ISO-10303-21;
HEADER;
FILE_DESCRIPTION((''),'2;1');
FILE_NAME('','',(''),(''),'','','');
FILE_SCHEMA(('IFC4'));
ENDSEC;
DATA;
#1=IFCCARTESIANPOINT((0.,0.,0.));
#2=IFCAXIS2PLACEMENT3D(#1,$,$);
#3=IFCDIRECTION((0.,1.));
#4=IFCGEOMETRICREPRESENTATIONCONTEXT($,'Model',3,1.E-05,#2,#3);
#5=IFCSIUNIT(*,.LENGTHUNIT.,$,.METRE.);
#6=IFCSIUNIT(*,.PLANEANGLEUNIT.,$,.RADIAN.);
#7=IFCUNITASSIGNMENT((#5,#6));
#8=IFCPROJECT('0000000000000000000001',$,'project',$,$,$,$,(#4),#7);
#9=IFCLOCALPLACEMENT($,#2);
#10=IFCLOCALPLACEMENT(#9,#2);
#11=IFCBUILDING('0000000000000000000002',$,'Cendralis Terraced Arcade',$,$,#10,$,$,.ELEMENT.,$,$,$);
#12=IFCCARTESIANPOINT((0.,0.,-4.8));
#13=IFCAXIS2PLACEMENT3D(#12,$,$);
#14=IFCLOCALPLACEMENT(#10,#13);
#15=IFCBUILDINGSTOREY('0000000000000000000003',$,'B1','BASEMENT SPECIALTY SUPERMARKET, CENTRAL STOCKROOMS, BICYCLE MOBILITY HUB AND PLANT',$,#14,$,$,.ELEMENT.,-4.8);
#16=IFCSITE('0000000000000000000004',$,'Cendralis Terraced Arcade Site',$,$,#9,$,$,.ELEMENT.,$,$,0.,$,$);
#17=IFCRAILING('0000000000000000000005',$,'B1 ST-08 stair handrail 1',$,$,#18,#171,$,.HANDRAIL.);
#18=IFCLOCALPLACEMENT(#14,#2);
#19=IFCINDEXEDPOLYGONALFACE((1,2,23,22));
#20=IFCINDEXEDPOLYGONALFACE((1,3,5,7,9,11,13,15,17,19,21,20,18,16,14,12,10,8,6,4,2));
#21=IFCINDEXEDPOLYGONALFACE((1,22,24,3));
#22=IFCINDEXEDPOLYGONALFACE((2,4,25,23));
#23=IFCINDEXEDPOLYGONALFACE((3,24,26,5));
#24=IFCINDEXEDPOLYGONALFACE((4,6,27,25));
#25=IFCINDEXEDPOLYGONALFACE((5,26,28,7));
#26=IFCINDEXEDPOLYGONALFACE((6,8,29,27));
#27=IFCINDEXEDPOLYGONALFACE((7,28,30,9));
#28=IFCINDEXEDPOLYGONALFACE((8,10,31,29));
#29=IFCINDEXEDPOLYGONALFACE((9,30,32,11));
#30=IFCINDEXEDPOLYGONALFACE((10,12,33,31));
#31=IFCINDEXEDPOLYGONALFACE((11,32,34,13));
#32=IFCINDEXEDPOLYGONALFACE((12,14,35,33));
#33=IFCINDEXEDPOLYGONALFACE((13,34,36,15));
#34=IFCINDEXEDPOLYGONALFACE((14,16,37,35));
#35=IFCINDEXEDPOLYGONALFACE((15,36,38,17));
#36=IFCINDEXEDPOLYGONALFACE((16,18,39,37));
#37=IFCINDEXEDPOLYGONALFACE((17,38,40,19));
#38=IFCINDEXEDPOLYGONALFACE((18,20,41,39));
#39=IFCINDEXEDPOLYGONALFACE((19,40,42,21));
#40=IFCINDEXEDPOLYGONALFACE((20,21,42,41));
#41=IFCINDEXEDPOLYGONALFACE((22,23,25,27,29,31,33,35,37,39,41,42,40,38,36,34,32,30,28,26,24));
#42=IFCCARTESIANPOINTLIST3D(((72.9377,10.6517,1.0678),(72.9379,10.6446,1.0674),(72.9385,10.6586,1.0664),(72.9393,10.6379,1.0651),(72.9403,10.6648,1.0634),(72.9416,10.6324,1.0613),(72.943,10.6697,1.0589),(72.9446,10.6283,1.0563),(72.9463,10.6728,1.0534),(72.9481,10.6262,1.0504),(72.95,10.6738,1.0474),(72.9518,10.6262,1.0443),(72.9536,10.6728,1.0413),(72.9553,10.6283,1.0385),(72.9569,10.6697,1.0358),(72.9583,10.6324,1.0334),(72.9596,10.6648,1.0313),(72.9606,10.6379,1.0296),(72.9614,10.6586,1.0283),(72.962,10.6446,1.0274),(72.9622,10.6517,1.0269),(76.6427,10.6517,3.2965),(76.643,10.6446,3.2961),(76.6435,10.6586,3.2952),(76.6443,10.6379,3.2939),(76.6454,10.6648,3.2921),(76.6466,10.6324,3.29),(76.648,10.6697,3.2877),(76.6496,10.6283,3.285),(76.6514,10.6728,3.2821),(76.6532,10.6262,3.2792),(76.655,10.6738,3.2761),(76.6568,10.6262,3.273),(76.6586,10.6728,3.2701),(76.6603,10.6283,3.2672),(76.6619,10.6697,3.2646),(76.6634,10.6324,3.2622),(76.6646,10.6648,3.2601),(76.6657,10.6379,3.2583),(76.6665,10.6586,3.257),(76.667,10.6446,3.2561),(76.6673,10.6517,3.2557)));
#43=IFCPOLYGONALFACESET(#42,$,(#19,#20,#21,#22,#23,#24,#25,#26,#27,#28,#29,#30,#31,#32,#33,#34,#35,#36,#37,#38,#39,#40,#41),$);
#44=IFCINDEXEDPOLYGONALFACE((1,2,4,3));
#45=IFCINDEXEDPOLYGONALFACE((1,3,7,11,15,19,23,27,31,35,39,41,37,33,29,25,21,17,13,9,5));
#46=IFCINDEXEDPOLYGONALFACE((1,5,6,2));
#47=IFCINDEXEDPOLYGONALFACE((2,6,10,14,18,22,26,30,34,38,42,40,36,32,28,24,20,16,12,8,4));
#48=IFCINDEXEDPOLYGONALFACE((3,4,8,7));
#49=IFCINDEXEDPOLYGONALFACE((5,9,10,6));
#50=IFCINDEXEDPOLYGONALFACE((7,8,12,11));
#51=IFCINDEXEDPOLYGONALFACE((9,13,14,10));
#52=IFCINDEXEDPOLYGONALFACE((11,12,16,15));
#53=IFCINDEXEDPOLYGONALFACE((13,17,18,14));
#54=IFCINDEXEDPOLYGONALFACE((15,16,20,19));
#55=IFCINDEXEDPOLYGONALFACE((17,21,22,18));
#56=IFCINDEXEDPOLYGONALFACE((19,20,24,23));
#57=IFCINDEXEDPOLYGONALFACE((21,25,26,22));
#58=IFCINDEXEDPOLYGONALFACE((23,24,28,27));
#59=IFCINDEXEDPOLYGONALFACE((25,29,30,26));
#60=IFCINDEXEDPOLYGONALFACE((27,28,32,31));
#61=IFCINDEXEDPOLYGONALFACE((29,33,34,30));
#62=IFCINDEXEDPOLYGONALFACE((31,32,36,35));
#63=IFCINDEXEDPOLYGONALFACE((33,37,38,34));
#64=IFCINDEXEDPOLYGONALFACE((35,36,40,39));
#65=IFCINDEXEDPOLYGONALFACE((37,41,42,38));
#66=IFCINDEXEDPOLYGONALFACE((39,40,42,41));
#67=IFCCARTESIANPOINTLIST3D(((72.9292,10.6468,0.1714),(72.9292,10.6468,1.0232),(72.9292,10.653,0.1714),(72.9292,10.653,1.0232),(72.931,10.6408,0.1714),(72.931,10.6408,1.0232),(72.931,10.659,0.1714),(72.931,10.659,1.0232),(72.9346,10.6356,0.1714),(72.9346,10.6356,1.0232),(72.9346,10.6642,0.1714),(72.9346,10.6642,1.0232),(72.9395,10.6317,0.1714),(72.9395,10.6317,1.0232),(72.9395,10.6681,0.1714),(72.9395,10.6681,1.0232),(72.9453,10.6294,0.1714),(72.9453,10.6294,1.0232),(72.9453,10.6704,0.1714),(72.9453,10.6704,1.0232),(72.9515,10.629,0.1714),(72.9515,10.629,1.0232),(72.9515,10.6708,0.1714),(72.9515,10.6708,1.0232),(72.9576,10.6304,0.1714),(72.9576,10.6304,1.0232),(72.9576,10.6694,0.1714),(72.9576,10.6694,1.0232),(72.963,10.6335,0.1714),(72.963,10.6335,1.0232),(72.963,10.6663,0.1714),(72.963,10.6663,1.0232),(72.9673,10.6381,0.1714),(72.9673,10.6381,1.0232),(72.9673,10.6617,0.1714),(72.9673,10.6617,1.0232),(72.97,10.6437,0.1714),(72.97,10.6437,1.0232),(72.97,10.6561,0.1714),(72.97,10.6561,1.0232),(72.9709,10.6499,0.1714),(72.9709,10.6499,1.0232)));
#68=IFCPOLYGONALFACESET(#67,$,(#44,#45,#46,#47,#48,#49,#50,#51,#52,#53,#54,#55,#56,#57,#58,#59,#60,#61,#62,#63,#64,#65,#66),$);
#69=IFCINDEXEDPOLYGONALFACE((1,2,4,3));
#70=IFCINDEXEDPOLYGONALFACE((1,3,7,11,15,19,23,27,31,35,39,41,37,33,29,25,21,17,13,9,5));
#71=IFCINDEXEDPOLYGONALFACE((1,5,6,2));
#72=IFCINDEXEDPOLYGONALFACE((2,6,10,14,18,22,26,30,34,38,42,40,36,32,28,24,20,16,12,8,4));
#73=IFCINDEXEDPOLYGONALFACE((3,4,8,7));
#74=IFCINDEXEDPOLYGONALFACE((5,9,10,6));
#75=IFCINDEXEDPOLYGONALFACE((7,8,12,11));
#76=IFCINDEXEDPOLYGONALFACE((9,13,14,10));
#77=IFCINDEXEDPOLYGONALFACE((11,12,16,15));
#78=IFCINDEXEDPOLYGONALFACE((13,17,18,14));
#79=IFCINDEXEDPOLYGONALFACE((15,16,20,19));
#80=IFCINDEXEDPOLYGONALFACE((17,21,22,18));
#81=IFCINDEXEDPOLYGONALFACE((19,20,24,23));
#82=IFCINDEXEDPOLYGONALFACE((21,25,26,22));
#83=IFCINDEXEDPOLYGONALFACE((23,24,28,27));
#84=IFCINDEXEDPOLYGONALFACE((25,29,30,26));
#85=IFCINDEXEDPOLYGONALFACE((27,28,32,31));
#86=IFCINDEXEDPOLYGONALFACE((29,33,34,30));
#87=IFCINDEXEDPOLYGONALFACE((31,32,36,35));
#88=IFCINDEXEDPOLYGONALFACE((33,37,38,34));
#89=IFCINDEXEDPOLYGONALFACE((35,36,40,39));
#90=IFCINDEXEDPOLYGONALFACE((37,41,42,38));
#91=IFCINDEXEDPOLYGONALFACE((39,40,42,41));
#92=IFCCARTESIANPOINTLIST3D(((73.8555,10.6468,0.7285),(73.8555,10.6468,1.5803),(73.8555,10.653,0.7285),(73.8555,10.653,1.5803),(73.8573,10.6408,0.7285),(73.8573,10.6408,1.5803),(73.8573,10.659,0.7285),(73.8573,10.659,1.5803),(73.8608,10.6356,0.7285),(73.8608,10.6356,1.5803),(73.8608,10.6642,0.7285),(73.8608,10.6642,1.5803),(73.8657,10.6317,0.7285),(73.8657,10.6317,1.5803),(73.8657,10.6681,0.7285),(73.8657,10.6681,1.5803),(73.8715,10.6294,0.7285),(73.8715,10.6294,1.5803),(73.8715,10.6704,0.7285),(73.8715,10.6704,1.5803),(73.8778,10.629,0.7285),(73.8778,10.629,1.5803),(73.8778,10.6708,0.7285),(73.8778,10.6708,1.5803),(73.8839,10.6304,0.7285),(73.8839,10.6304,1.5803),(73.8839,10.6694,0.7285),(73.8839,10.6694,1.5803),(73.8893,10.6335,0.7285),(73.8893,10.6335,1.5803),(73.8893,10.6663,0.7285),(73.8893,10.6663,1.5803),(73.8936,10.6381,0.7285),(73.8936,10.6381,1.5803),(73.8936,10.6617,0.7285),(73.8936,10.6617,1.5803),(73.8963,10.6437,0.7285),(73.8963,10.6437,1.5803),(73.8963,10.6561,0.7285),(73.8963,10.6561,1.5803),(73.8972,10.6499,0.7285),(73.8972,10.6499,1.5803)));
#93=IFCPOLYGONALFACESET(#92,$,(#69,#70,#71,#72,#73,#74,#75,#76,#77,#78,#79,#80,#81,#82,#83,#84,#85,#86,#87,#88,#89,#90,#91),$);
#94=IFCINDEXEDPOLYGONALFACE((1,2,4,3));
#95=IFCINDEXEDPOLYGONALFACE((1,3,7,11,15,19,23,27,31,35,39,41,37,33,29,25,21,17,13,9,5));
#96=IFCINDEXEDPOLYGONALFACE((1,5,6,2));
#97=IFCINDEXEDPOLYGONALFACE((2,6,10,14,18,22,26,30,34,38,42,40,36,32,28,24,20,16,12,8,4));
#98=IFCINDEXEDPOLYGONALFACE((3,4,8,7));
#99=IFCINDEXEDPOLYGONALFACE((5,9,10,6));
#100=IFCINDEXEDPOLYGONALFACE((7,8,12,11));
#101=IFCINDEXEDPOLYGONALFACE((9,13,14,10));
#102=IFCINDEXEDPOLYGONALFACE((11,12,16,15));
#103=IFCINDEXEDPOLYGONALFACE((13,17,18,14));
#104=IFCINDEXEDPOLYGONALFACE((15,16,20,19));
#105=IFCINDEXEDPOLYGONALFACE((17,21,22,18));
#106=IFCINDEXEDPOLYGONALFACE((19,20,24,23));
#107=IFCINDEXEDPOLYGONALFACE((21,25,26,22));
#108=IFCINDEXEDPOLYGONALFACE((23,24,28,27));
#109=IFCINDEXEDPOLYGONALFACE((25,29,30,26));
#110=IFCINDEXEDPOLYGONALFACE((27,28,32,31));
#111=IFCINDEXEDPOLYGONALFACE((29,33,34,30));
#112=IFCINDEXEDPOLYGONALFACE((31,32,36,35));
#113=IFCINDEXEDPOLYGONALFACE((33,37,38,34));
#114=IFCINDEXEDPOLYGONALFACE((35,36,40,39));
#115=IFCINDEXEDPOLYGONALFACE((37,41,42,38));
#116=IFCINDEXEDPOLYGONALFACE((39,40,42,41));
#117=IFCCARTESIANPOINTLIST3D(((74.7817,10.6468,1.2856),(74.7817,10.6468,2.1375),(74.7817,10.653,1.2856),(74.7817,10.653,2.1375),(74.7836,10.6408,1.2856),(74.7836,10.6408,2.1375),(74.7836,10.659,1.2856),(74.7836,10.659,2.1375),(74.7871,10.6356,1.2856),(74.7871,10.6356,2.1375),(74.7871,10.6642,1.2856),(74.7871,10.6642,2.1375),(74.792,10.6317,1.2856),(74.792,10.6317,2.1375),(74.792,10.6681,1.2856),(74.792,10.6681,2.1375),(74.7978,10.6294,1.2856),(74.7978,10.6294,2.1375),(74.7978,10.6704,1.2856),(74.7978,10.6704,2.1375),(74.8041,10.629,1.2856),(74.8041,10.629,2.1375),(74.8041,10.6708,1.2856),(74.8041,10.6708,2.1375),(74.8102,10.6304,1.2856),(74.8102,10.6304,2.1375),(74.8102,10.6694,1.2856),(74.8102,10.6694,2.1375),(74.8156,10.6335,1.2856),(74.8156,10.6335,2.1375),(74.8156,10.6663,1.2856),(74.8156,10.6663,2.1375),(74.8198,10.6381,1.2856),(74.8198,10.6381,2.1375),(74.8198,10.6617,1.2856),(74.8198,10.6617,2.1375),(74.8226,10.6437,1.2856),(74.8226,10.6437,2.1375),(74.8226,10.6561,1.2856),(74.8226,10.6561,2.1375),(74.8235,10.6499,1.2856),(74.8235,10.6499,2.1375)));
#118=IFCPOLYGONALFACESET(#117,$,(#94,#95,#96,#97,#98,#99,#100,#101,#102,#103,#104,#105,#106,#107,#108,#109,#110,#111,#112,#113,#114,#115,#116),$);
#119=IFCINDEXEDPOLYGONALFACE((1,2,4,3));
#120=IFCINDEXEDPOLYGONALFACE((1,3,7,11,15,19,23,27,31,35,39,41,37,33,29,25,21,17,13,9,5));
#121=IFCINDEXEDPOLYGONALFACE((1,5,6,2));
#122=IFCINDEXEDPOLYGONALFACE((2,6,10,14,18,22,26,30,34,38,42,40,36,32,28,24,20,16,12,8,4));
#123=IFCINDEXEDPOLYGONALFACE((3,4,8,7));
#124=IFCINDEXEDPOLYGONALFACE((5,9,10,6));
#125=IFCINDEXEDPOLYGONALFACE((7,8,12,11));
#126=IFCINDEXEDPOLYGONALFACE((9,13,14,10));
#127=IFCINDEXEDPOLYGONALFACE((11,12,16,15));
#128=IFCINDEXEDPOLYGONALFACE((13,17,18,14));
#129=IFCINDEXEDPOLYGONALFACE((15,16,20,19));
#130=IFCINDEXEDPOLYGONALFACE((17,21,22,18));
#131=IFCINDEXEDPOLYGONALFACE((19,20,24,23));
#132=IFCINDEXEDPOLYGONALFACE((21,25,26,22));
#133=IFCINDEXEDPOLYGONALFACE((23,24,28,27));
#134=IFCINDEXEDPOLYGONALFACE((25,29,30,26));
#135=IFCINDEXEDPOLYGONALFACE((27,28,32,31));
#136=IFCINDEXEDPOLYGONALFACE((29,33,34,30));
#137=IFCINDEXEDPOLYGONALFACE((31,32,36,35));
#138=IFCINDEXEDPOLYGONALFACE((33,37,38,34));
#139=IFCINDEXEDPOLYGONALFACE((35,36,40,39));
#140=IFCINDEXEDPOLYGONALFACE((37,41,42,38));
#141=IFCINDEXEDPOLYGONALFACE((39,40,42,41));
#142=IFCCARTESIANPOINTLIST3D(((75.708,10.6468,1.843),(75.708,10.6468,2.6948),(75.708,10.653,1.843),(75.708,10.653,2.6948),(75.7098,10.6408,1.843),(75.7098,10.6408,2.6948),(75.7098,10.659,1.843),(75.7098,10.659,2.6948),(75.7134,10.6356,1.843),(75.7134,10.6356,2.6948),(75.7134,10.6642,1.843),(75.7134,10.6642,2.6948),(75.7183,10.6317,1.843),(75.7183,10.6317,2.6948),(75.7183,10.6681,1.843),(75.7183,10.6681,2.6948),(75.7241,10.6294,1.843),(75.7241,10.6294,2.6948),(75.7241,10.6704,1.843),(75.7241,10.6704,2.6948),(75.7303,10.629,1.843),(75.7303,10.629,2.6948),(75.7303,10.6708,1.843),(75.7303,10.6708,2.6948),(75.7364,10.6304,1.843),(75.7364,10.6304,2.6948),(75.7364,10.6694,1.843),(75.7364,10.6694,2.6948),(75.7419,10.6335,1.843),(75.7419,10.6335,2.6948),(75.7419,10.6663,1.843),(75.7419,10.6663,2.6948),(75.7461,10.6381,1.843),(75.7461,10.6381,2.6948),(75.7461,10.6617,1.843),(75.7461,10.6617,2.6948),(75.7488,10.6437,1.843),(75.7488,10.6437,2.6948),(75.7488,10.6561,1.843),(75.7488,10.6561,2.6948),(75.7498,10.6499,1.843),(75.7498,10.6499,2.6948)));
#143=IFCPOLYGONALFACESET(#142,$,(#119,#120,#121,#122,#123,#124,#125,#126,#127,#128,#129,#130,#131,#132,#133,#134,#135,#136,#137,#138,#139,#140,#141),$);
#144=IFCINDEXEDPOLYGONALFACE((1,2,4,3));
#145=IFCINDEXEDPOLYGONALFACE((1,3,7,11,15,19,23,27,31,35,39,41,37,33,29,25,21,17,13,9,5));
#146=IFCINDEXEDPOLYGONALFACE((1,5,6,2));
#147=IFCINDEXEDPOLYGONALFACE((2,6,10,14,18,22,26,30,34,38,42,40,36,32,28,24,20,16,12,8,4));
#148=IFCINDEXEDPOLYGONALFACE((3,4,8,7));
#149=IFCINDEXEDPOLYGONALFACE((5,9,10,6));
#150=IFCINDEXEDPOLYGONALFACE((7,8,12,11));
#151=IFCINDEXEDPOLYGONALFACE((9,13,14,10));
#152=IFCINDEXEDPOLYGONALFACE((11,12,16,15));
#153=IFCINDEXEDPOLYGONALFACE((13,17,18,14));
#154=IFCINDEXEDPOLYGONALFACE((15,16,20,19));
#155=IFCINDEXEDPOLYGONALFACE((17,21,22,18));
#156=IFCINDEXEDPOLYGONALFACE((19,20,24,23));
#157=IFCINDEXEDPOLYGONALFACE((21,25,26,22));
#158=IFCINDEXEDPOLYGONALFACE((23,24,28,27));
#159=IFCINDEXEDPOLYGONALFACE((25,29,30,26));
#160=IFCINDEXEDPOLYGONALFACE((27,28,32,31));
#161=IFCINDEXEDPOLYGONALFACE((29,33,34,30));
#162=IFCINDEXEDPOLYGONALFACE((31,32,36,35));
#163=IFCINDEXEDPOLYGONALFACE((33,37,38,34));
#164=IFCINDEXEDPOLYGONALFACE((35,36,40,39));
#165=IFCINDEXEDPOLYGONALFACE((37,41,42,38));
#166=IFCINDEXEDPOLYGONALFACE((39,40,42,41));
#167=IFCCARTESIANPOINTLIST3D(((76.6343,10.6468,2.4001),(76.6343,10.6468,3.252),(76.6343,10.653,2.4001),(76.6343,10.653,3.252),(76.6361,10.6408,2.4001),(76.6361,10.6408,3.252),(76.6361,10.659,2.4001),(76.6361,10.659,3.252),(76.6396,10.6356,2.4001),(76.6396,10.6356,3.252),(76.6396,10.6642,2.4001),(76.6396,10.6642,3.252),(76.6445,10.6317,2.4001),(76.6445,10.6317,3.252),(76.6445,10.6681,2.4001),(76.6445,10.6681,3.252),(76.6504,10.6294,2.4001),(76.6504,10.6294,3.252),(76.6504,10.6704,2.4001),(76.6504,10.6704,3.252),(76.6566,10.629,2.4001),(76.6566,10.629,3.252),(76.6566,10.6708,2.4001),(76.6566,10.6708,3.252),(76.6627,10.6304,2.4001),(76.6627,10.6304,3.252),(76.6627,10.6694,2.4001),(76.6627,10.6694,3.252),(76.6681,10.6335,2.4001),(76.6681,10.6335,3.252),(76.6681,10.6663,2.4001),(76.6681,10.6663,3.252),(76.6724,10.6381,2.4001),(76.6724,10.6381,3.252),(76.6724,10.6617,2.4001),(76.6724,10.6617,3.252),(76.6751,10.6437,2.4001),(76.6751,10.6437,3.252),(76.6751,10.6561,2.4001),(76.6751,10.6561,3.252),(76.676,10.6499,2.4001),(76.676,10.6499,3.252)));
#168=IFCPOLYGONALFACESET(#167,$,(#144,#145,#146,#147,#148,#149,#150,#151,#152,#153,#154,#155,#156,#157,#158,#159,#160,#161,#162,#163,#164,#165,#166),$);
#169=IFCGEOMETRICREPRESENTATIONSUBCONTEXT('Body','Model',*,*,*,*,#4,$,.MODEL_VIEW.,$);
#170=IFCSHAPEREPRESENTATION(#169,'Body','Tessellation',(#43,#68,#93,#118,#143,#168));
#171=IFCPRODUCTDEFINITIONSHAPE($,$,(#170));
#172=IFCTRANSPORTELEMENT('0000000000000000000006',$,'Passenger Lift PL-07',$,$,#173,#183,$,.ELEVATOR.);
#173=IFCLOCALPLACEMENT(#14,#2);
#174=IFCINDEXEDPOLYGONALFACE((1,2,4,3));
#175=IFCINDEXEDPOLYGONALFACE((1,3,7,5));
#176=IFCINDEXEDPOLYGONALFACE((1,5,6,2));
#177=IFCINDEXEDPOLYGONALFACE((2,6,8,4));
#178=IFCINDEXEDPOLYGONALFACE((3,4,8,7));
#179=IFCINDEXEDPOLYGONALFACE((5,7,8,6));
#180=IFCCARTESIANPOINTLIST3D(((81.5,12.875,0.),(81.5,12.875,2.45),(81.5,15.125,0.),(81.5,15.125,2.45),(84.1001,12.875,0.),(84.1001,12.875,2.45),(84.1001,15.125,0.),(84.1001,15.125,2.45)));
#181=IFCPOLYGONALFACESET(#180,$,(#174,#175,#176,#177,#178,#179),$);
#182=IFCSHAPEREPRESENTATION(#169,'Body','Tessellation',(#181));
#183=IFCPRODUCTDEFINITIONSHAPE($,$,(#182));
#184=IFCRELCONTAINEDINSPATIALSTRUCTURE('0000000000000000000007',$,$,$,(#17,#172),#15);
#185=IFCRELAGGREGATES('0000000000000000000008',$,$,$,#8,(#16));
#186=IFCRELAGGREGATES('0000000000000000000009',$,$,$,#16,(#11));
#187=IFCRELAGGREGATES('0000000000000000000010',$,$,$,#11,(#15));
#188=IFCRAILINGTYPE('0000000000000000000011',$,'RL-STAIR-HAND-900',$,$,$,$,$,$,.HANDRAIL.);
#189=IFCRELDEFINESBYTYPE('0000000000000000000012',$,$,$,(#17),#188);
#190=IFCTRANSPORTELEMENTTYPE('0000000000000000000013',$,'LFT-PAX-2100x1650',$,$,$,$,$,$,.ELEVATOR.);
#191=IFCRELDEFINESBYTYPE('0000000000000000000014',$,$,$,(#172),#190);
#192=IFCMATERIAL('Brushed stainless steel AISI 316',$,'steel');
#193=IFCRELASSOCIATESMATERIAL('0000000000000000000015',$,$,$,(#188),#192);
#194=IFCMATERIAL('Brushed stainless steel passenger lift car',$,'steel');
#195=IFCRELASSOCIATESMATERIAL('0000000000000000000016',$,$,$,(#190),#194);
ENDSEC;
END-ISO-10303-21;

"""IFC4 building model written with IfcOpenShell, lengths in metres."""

from ifc_helpers import new_model, si_unit, direction, frame, origin, origin_2d, place, context, subcontext, project, spatial, rectangle, circle, extrude, material, type_object, element, save


model = new_model("IFC4")

# Units and contexts
model_context = context("Model", 3, precision=1e-05, world=origin(), true_north=direction((0.0, 1.0)))
body_context = subcontext(model_context, "Body", "Model", "MODEL_VIEW")
ifc_project = project(units=[si_unit("LENGTHUNIT", "METRE"), si_unit("PLANEANGLEUNIT", "RADIAN")], contexts=[model_context])

# Site, building, storey
site_placement = place(None, origin())
site = spatial("IfcSite", under=ifc_project, at=site_placement, Name="Cendralis Terraced Arcade Site", CompositionType="ELEMENT", RefElevation=0.0)
building_placement = place(site_placement, origin())
building = spatial("IfcBuilding", under=site, at=building_placement, Name="Cendralis Terraced Arcade", CompositionType="ELEMENT")
storey_placement = place(building_placement, frame((0.0, 0.0, -4.8)))
storey = spatial("IfcBuildingStorey", under=building, at=storey_placement, Name="B1", Description="BASEMENT SPECIALTY SUPERMARKET, CENTRAL STOCKROOMS, BICYCLE MOBILITY HUB AND PLANT", CompositionType="ELEMENT", Elevation=-4.8)

# Railing
ifc_material_1 = material(Name="Brushed stainless steel AISI 316", Category="steel")
railing_type_1 = type_object("IfcRailingType", Name="RL-STAIR-HAND-900", PredefinedType="HANDRAIL", material=ifc_material_1)
railing_1_placement = place(storey_placement, frame((72.95, 10.6499, 0.1714)))
element("IfcRailing", 1, at=railing_1_placement, inside=storey, type_object=railing_type_1, Name="B1 ST-08 stair handrail 1", PredefinedType="HANDRAIL", context=body_context, shape_type="SweptSolid", body=[
    extrude(circle(Radius=0.0239, at=origin_2d()), frame((0.0, 0.0, 0.876), z_axis=(0.856909, 0.0, 0.515467), x_axis=(0.0, 1.0, 0.0)), (0.0, 0.0, 1.0), 4.3237),
    extrude(circle(Radius=0.021, at=origin_2d()), origin(), (0.0, 0.0, 1.0), 0.8518),
    extrude(circle(Radius=0.021, at=origin_2d()), frame((0.9263, 0.0, 0.5571)), (0.0, 0.0, 1.0), 0.8518),
    extrude(circle(Radius=0.021, at=origin_2d()), frame((1.8525, 0.0, 1.1143)), (0.0, 0.0, 1.0), 0.8518),
    extrude(circle(Radius=0.021, at=origin_2d()), frame((2.7788, 0.0, 1.6716)), (0.0, 0.0, 1.0), 0.8518),
    extrude(circle(Radius=0.021, at=origin_2d()), frame((3.7051, 0.0, 2.2288)), (0.0, 0.0, 1.0), 0.8518),
])

# Transport element
ifc_material_2 = material(Name="Brushed stainless steel passenger lift car", Category="steel")
transport_element_type = type_object("IfcTransportElementType", Name="LFT-PAX-2100x1650", PredefinedType="ELEVATOR", material=ifc_material_2)
transport_element_placement = place(storey_placement, frame((82.8, 14.0, 0.0), z_axis=(0.0, 0.0, 1.0), x_axis=(1.0, 0.0, 0.0)))
element("IfcTransportElement", 2, at=transport_element_placement, inside=storey, type_object=transport_element_type, Name="Passenger Lift PL-07", PredefinedType="ELEVATOR", context=body_context, shape_type="SweptSolid", body=[
    extrude(rectangle(XDim=2.6001, YDim=2.25, at=origin_2d()), origin(), (0.0, 0.0, 1.0), 2.45),
])

save(model, "model.ifc")
